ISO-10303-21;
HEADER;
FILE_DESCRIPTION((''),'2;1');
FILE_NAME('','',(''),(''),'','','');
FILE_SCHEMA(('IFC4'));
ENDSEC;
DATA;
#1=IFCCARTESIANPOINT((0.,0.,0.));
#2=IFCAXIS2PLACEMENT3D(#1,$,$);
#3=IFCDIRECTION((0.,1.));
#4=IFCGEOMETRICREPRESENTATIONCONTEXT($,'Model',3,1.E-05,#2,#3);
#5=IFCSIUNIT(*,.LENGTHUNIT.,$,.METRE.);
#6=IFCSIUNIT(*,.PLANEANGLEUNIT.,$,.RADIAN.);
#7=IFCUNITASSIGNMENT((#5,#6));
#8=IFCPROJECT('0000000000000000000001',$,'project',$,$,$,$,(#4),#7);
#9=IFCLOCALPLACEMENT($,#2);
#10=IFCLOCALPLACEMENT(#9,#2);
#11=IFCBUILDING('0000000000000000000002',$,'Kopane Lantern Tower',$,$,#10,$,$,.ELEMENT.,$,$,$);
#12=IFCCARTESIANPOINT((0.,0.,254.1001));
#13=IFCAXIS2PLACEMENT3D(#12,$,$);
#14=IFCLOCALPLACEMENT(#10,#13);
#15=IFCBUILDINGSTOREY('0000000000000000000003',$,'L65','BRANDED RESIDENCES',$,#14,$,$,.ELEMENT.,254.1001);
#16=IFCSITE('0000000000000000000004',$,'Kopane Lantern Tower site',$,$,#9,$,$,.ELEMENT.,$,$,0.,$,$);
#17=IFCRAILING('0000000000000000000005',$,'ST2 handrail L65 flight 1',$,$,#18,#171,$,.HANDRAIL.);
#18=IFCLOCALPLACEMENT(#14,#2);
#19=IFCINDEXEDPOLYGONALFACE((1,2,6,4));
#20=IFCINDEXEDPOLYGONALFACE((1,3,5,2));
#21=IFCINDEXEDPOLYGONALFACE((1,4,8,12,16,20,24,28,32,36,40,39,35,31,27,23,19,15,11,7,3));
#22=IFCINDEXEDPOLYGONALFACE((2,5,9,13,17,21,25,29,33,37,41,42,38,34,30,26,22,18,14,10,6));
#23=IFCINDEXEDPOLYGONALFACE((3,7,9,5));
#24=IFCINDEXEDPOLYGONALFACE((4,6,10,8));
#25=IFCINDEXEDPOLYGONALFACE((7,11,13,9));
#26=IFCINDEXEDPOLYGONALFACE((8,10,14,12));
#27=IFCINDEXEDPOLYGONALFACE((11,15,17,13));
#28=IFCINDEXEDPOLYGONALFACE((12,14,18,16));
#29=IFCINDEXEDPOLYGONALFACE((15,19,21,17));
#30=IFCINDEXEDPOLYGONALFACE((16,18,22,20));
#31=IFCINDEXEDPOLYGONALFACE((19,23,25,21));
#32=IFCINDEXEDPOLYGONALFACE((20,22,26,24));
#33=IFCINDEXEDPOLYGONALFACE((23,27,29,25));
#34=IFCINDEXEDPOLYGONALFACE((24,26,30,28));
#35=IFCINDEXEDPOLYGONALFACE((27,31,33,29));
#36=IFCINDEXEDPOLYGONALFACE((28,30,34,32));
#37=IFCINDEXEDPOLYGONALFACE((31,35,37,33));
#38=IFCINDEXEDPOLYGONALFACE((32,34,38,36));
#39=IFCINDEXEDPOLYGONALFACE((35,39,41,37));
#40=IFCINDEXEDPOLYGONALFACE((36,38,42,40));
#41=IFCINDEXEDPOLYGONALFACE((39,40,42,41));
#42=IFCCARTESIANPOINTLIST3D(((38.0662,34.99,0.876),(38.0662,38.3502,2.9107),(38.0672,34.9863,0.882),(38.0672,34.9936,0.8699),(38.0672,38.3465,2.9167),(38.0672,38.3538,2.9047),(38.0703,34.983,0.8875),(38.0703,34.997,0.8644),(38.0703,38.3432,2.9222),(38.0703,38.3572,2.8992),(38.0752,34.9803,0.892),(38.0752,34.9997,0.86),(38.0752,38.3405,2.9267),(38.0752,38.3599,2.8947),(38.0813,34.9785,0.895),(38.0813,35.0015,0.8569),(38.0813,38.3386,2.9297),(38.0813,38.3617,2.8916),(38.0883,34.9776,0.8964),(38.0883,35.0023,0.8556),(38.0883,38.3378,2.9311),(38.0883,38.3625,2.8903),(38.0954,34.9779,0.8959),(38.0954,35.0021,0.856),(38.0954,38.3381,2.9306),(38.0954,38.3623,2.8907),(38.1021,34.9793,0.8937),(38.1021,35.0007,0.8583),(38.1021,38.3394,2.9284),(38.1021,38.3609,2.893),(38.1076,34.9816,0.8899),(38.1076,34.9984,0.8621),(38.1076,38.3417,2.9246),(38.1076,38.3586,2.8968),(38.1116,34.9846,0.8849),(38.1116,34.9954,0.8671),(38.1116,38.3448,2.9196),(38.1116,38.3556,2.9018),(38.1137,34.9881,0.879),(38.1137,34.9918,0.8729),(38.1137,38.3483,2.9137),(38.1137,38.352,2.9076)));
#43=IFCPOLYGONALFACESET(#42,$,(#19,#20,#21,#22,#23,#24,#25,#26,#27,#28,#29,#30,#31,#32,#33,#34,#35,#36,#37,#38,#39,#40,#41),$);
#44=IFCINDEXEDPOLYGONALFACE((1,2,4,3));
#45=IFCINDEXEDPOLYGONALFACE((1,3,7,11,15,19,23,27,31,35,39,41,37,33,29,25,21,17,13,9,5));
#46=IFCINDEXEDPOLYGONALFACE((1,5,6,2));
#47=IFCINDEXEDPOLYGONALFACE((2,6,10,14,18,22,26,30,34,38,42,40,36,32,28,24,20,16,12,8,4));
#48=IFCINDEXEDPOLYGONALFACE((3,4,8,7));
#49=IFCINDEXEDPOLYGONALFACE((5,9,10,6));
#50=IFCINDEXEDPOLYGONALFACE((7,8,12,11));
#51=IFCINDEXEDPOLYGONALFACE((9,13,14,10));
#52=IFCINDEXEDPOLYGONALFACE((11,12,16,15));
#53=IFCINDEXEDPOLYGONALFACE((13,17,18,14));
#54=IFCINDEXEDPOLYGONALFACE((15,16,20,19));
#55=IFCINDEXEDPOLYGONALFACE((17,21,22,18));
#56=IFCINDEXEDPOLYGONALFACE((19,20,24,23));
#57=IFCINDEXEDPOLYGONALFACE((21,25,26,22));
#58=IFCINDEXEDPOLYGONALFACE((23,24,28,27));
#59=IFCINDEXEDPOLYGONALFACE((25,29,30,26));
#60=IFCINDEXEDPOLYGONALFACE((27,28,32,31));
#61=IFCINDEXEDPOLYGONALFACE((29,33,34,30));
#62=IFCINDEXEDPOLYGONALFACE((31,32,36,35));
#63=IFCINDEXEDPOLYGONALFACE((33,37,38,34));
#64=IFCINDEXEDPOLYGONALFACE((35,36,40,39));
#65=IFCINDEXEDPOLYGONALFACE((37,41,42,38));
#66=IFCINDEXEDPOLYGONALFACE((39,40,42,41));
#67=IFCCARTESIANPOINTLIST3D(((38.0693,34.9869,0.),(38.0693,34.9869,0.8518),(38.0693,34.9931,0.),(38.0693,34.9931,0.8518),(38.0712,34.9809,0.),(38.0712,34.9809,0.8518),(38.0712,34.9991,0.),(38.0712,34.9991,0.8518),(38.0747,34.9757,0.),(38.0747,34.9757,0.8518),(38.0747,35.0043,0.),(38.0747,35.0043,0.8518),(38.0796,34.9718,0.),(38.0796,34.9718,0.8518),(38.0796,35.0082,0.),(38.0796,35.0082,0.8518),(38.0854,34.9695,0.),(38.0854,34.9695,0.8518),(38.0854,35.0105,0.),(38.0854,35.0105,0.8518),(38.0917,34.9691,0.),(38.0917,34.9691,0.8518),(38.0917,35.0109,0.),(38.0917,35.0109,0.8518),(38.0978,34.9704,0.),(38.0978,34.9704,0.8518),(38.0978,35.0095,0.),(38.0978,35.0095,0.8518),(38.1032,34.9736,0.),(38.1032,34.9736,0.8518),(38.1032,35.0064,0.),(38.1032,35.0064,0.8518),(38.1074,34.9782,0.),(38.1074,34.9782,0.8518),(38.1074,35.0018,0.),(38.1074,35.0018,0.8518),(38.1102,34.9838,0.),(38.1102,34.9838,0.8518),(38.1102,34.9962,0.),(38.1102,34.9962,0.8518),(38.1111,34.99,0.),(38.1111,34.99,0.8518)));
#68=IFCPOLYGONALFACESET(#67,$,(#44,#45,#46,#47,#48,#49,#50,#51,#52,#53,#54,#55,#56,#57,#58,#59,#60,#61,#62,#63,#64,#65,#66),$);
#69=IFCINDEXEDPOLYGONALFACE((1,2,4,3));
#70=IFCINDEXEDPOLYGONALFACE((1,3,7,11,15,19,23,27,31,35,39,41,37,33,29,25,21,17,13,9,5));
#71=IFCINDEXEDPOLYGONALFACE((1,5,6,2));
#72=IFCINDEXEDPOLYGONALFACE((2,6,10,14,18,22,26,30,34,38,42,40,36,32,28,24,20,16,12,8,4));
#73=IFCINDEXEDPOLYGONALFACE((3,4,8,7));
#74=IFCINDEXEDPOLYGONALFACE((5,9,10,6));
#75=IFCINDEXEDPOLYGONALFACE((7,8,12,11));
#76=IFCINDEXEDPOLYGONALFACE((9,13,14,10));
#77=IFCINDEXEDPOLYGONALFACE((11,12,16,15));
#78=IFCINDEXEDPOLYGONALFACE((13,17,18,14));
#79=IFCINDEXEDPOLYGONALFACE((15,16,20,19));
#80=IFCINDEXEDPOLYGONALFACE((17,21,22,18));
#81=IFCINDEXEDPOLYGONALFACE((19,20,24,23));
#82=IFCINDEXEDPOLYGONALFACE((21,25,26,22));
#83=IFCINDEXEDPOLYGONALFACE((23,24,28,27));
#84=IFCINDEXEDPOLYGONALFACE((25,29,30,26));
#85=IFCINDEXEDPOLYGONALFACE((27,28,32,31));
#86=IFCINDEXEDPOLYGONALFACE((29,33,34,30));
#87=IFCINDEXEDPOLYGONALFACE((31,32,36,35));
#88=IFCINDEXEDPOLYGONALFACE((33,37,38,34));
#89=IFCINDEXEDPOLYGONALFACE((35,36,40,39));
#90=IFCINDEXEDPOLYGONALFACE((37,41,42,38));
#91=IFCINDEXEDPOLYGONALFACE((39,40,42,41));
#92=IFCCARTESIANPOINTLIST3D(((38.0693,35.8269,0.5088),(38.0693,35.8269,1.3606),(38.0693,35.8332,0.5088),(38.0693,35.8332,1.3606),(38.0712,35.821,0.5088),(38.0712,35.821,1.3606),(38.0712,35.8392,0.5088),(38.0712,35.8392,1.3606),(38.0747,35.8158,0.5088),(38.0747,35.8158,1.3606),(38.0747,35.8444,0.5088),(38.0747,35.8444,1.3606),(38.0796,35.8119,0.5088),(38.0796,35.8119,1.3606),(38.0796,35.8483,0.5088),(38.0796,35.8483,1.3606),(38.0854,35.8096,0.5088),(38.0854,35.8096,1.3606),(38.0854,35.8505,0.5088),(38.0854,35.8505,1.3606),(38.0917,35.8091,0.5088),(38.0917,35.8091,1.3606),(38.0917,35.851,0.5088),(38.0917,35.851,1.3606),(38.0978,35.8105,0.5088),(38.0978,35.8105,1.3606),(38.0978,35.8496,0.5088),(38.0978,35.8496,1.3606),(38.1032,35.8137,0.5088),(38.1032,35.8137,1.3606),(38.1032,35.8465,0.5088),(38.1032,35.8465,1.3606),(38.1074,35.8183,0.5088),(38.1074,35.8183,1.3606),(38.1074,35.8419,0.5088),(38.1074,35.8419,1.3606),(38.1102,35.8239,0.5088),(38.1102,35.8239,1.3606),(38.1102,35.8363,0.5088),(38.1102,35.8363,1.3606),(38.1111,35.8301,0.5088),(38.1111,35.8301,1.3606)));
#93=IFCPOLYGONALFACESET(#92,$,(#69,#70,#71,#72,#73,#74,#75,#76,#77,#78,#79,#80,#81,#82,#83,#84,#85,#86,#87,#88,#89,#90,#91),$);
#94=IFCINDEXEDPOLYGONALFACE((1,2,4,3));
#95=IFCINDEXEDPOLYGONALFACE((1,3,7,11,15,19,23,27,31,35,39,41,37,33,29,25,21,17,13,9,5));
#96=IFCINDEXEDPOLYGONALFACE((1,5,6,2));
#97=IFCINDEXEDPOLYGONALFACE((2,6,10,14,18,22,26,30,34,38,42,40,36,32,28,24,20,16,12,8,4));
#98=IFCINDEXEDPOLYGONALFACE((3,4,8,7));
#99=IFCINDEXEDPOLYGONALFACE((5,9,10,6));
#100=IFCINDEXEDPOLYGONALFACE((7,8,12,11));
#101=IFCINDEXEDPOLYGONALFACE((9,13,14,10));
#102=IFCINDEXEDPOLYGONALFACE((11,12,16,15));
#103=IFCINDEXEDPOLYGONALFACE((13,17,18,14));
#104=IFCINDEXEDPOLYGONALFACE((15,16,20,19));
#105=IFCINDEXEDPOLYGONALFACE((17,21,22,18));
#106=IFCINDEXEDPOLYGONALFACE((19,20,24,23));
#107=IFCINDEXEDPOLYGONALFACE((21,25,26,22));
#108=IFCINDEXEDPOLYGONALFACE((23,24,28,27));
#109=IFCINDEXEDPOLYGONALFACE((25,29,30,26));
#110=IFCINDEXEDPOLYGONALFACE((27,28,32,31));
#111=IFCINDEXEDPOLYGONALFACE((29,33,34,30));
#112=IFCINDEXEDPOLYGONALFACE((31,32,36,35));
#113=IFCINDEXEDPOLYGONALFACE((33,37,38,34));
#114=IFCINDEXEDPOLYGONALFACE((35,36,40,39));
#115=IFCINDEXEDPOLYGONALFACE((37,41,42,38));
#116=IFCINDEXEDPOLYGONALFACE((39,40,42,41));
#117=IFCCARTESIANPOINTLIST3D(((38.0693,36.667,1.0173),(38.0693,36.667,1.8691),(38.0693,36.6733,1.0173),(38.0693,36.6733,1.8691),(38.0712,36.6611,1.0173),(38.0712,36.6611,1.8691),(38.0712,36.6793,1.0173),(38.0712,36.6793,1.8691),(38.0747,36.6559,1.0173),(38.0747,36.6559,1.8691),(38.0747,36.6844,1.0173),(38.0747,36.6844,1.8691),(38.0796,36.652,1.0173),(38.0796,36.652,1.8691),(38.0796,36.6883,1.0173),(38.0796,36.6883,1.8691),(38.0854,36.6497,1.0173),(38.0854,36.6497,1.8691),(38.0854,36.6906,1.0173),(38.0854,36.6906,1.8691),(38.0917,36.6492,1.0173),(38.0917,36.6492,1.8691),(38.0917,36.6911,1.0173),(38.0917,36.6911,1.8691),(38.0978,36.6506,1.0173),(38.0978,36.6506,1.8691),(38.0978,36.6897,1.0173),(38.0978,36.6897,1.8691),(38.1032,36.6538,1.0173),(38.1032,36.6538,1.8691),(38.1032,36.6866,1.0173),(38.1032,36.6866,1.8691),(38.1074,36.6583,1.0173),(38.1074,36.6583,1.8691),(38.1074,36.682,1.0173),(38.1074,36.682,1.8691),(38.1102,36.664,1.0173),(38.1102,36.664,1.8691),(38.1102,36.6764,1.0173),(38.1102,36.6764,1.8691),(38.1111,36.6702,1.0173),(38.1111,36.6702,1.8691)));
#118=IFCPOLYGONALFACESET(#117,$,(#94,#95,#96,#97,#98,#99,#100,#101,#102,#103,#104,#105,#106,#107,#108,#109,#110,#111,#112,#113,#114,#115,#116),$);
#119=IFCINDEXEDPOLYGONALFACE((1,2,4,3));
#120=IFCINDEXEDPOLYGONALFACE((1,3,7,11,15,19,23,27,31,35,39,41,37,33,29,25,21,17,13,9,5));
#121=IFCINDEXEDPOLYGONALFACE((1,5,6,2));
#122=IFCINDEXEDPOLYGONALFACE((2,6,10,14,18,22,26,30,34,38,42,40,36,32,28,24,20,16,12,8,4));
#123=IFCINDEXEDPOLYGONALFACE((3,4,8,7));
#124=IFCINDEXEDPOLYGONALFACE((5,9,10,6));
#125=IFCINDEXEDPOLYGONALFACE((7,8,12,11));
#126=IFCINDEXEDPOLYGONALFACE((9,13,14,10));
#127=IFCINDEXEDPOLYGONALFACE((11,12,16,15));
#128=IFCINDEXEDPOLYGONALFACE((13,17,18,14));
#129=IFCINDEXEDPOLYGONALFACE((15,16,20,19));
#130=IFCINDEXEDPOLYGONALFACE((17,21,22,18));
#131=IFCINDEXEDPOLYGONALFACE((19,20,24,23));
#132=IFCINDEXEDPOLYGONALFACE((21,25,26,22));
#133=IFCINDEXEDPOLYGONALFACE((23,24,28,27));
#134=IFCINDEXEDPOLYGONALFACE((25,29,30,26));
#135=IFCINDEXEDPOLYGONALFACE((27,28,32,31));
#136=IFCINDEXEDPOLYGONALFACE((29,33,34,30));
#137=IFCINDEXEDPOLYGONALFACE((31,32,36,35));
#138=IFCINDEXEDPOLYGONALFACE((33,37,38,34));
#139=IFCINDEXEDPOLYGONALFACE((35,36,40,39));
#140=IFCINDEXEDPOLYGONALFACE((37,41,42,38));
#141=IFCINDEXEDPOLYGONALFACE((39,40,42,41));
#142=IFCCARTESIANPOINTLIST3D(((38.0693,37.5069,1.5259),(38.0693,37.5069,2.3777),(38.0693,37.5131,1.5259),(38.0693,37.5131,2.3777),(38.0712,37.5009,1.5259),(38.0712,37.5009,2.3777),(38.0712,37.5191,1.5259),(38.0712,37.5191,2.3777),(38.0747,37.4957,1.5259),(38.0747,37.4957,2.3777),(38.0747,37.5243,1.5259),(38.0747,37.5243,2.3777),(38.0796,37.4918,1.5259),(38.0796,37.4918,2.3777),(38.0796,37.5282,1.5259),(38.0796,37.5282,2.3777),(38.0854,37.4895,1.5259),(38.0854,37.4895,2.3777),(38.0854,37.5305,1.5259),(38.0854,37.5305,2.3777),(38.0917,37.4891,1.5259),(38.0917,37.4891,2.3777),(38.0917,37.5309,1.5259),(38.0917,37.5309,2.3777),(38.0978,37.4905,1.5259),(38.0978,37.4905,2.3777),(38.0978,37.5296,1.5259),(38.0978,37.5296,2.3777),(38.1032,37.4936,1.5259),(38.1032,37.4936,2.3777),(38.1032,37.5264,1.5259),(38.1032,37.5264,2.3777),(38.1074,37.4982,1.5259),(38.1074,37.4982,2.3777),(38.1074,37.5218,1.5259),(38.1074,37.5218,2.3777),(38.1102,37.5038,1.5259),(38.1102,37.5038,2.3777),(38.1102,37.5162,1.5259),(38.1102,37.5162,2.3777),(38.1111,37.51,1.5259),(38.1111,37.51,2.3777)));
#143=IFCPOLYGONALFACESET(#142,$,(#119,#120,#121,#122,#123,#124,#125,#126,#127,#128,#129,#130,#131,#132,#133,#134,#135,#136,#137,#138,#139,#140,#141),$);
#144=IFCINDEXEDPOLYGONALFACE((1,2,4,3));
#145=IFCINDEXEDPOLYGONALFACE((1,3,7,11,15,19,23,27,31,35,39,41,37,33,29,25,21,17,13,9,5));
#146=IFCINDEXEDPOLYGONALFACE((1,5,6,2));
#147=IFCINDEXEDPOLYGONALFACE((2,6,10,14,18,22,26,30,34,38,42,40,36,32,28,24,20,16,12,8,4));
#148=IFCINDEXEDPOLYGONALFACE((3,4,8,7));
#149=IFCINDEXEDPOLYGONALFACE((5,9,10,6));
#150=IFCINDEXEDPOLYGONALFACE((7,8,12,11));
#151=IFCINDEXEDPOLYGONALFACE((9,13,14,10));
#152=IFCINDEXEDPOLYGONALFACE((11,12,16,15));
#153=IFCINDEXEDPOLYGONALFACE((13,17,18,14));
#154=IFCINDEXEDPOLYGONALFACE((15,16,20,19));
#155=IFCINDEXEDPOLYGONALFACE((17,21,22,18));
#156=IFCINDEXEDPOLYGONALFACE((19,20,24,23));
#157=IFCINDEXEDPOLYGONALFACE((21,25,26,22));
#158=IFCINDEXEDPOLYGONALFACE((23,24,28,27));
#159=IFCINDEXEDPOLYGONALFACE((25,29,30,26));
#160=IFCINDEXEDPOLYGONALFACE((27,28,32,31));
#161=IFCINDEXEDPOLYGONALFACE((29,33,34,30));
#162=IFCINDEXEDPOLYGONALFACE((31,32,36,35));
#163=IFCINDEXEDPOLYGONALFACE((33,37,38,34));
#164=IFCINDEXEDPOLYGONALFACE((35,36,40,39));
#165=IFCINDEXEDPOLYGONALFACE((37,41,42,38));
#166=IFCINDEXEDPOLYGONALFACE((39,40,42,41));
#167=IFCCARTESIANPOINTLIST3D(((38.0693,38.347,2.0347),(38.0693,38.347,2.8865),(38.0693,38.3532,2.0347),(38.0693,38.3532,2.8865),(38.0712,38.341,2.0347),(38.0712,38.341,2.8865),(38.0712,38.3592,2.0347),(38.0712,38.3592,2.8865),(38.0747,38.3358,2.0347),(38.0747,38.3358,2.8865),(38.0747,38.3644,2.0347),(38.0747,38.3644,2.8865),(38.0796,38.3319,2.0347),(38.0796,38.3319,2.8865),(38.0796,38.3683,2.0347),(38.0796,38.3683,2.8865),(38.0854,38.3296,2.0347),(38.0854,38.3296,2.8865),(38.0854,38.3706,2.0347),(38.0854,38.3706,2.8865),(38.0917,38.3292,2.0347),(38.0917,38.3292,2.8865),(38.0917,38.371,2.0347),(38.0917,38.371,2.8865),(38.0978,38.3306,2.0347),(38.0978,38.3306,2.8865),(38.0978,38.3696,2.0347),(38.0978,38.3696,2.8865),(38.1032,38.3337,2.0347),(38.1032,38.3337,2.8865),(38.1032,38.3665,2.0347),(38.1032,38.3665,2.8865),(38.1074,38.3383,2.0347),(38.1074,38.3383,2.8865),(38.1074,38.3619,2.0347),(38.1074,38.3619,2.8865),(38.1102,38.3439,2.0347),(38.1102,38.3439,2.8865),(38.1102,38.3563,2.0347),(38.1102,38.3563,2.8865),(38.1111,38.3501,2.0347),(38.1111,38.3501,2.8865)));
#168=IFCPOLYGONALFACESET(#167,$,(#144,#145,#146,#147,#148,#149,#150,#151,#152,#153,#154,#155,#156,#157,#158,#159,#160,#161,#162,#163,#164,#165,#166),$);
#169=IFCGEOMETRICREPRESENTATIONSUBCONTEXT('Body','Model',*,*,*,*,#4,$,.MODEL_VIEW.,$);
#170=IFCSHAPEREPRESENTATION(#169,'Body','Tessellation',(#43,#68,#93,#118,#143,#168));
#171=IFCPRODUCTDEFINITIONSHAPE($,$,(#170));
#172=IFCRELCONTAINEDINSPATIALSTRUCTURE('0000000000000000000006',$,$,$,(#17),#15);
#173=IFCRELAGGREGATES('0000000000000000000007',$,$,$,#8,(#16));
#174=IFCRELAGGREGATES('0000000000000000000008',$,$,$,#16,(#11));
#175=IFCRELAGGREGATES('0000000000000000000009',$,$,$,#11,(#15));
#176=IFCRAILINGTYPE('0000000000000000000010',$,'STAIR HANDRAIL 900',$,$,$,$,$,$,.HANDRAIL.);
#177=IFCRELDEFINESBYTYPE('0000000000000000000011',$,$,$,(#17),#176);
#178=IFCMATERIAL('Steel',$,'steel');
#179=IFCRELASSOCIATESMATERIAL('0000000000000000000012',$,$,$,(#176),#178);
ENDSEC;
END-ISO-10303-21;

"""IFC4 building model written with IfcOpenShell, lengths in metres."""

from ifc_helpers import new_model, si_unit, direction, frame, origin, origin_2d, place, context, subcontext, project, spatial, circle, extrude, material, type_object, element, save


model = new_model("IFC4")

# Units and contexts
model_context = context("Model", 3, precision=1e-05, world=origin(), true_north=direction((0.0, 1.0)))
body_context = subcontext(model_context, "Body", "Model", "MODEL_VIEW")
ifc_project = project(units=[si_unit("LENGTHUNIT", "METRE"), si_unit("PLANEANGLEUNIT", "RADIAN")], contexts=[model_context])

# Site, building, storey
site_placement = place(None, origin())
site = spatial("IfcSite", under=ifc_project, at=site_placement, Name="Kopane Lantern Tower site", CompositionType="ELEMENT", RefElevation=0.0)
building_placement = place(site_placement, origin())
building = spatial("IfcBuilding", under=site, at=building_placement, Name="Kopane Lantern Tower", CompositionType="ELEMENT")
storey_placement = place(building_placement, frame((0.0, 0.0, 254.1001)))
storey = spatial("IfcBuildingStorey", under=building, at=storey_placement, Name="L65", Description="BRANDED RESIDENCES", CompositionType="ELEMENT", Elevation=254.1001)

# Railing
ifc_material_1 = material(Name="Steel", Category="steel")
railing_type_1 = type_object("IfcRailingType", Name="STAIR HANDRAIL 900", PredefinedType="HANDRAIL", material=ifc_material_1)
for number, where, name in (
    (1, (38.0901, 34.99, 0.0), "ST2 handrail L65 flight 1"),
):
    element("IfcRailing", number, at=place(storey_placement, frame(where)), inside=storey, type_object=railing_type_1, Name=name, PredefinedType="HANDRAIL", context=body_context, shape_type="SweptSolid", body=[
        extrude(circle(Radius=0.0239, at=origin_2d()), frame((0.0, 0.0, 0.876), z_axis=(0.0, 0.855396, 0.517974), x_axis=(-1.0, 0.0, 0.0)), (0.0, 0.0, 1.0), 3.9282),
        extrude(circle(Radius=0.021, at=origin_2d()), origin(), (0.0, 0.0, 1.0), 0.8518),
        extrude(circle(Radius=0.021, at=origin_2d()), frame((0.0, 0.8401, 0.5088)), (0.0, 0.0, 1.0), 0.8518),
        extrude(circle(Radius=0.021, at=origin_2d()), frame((0.0, 1.6802, 1.0173)), (0.0, 0.0, 1.0), 0.8518),
        extrude(circle(Radius=0.021, at=origin_2d()), frame((0.0, 2.52, 1.5259)), (0.0, 0.0, 1.0), 0.8518),
        extrude(circle(Radius=0.021, at=origin_2d()), frame((0.0, 3.3601, 2.0347)), (0.0, 0.0, 1.0), 0.8518),
    ])

save(model, "model.ifc")
